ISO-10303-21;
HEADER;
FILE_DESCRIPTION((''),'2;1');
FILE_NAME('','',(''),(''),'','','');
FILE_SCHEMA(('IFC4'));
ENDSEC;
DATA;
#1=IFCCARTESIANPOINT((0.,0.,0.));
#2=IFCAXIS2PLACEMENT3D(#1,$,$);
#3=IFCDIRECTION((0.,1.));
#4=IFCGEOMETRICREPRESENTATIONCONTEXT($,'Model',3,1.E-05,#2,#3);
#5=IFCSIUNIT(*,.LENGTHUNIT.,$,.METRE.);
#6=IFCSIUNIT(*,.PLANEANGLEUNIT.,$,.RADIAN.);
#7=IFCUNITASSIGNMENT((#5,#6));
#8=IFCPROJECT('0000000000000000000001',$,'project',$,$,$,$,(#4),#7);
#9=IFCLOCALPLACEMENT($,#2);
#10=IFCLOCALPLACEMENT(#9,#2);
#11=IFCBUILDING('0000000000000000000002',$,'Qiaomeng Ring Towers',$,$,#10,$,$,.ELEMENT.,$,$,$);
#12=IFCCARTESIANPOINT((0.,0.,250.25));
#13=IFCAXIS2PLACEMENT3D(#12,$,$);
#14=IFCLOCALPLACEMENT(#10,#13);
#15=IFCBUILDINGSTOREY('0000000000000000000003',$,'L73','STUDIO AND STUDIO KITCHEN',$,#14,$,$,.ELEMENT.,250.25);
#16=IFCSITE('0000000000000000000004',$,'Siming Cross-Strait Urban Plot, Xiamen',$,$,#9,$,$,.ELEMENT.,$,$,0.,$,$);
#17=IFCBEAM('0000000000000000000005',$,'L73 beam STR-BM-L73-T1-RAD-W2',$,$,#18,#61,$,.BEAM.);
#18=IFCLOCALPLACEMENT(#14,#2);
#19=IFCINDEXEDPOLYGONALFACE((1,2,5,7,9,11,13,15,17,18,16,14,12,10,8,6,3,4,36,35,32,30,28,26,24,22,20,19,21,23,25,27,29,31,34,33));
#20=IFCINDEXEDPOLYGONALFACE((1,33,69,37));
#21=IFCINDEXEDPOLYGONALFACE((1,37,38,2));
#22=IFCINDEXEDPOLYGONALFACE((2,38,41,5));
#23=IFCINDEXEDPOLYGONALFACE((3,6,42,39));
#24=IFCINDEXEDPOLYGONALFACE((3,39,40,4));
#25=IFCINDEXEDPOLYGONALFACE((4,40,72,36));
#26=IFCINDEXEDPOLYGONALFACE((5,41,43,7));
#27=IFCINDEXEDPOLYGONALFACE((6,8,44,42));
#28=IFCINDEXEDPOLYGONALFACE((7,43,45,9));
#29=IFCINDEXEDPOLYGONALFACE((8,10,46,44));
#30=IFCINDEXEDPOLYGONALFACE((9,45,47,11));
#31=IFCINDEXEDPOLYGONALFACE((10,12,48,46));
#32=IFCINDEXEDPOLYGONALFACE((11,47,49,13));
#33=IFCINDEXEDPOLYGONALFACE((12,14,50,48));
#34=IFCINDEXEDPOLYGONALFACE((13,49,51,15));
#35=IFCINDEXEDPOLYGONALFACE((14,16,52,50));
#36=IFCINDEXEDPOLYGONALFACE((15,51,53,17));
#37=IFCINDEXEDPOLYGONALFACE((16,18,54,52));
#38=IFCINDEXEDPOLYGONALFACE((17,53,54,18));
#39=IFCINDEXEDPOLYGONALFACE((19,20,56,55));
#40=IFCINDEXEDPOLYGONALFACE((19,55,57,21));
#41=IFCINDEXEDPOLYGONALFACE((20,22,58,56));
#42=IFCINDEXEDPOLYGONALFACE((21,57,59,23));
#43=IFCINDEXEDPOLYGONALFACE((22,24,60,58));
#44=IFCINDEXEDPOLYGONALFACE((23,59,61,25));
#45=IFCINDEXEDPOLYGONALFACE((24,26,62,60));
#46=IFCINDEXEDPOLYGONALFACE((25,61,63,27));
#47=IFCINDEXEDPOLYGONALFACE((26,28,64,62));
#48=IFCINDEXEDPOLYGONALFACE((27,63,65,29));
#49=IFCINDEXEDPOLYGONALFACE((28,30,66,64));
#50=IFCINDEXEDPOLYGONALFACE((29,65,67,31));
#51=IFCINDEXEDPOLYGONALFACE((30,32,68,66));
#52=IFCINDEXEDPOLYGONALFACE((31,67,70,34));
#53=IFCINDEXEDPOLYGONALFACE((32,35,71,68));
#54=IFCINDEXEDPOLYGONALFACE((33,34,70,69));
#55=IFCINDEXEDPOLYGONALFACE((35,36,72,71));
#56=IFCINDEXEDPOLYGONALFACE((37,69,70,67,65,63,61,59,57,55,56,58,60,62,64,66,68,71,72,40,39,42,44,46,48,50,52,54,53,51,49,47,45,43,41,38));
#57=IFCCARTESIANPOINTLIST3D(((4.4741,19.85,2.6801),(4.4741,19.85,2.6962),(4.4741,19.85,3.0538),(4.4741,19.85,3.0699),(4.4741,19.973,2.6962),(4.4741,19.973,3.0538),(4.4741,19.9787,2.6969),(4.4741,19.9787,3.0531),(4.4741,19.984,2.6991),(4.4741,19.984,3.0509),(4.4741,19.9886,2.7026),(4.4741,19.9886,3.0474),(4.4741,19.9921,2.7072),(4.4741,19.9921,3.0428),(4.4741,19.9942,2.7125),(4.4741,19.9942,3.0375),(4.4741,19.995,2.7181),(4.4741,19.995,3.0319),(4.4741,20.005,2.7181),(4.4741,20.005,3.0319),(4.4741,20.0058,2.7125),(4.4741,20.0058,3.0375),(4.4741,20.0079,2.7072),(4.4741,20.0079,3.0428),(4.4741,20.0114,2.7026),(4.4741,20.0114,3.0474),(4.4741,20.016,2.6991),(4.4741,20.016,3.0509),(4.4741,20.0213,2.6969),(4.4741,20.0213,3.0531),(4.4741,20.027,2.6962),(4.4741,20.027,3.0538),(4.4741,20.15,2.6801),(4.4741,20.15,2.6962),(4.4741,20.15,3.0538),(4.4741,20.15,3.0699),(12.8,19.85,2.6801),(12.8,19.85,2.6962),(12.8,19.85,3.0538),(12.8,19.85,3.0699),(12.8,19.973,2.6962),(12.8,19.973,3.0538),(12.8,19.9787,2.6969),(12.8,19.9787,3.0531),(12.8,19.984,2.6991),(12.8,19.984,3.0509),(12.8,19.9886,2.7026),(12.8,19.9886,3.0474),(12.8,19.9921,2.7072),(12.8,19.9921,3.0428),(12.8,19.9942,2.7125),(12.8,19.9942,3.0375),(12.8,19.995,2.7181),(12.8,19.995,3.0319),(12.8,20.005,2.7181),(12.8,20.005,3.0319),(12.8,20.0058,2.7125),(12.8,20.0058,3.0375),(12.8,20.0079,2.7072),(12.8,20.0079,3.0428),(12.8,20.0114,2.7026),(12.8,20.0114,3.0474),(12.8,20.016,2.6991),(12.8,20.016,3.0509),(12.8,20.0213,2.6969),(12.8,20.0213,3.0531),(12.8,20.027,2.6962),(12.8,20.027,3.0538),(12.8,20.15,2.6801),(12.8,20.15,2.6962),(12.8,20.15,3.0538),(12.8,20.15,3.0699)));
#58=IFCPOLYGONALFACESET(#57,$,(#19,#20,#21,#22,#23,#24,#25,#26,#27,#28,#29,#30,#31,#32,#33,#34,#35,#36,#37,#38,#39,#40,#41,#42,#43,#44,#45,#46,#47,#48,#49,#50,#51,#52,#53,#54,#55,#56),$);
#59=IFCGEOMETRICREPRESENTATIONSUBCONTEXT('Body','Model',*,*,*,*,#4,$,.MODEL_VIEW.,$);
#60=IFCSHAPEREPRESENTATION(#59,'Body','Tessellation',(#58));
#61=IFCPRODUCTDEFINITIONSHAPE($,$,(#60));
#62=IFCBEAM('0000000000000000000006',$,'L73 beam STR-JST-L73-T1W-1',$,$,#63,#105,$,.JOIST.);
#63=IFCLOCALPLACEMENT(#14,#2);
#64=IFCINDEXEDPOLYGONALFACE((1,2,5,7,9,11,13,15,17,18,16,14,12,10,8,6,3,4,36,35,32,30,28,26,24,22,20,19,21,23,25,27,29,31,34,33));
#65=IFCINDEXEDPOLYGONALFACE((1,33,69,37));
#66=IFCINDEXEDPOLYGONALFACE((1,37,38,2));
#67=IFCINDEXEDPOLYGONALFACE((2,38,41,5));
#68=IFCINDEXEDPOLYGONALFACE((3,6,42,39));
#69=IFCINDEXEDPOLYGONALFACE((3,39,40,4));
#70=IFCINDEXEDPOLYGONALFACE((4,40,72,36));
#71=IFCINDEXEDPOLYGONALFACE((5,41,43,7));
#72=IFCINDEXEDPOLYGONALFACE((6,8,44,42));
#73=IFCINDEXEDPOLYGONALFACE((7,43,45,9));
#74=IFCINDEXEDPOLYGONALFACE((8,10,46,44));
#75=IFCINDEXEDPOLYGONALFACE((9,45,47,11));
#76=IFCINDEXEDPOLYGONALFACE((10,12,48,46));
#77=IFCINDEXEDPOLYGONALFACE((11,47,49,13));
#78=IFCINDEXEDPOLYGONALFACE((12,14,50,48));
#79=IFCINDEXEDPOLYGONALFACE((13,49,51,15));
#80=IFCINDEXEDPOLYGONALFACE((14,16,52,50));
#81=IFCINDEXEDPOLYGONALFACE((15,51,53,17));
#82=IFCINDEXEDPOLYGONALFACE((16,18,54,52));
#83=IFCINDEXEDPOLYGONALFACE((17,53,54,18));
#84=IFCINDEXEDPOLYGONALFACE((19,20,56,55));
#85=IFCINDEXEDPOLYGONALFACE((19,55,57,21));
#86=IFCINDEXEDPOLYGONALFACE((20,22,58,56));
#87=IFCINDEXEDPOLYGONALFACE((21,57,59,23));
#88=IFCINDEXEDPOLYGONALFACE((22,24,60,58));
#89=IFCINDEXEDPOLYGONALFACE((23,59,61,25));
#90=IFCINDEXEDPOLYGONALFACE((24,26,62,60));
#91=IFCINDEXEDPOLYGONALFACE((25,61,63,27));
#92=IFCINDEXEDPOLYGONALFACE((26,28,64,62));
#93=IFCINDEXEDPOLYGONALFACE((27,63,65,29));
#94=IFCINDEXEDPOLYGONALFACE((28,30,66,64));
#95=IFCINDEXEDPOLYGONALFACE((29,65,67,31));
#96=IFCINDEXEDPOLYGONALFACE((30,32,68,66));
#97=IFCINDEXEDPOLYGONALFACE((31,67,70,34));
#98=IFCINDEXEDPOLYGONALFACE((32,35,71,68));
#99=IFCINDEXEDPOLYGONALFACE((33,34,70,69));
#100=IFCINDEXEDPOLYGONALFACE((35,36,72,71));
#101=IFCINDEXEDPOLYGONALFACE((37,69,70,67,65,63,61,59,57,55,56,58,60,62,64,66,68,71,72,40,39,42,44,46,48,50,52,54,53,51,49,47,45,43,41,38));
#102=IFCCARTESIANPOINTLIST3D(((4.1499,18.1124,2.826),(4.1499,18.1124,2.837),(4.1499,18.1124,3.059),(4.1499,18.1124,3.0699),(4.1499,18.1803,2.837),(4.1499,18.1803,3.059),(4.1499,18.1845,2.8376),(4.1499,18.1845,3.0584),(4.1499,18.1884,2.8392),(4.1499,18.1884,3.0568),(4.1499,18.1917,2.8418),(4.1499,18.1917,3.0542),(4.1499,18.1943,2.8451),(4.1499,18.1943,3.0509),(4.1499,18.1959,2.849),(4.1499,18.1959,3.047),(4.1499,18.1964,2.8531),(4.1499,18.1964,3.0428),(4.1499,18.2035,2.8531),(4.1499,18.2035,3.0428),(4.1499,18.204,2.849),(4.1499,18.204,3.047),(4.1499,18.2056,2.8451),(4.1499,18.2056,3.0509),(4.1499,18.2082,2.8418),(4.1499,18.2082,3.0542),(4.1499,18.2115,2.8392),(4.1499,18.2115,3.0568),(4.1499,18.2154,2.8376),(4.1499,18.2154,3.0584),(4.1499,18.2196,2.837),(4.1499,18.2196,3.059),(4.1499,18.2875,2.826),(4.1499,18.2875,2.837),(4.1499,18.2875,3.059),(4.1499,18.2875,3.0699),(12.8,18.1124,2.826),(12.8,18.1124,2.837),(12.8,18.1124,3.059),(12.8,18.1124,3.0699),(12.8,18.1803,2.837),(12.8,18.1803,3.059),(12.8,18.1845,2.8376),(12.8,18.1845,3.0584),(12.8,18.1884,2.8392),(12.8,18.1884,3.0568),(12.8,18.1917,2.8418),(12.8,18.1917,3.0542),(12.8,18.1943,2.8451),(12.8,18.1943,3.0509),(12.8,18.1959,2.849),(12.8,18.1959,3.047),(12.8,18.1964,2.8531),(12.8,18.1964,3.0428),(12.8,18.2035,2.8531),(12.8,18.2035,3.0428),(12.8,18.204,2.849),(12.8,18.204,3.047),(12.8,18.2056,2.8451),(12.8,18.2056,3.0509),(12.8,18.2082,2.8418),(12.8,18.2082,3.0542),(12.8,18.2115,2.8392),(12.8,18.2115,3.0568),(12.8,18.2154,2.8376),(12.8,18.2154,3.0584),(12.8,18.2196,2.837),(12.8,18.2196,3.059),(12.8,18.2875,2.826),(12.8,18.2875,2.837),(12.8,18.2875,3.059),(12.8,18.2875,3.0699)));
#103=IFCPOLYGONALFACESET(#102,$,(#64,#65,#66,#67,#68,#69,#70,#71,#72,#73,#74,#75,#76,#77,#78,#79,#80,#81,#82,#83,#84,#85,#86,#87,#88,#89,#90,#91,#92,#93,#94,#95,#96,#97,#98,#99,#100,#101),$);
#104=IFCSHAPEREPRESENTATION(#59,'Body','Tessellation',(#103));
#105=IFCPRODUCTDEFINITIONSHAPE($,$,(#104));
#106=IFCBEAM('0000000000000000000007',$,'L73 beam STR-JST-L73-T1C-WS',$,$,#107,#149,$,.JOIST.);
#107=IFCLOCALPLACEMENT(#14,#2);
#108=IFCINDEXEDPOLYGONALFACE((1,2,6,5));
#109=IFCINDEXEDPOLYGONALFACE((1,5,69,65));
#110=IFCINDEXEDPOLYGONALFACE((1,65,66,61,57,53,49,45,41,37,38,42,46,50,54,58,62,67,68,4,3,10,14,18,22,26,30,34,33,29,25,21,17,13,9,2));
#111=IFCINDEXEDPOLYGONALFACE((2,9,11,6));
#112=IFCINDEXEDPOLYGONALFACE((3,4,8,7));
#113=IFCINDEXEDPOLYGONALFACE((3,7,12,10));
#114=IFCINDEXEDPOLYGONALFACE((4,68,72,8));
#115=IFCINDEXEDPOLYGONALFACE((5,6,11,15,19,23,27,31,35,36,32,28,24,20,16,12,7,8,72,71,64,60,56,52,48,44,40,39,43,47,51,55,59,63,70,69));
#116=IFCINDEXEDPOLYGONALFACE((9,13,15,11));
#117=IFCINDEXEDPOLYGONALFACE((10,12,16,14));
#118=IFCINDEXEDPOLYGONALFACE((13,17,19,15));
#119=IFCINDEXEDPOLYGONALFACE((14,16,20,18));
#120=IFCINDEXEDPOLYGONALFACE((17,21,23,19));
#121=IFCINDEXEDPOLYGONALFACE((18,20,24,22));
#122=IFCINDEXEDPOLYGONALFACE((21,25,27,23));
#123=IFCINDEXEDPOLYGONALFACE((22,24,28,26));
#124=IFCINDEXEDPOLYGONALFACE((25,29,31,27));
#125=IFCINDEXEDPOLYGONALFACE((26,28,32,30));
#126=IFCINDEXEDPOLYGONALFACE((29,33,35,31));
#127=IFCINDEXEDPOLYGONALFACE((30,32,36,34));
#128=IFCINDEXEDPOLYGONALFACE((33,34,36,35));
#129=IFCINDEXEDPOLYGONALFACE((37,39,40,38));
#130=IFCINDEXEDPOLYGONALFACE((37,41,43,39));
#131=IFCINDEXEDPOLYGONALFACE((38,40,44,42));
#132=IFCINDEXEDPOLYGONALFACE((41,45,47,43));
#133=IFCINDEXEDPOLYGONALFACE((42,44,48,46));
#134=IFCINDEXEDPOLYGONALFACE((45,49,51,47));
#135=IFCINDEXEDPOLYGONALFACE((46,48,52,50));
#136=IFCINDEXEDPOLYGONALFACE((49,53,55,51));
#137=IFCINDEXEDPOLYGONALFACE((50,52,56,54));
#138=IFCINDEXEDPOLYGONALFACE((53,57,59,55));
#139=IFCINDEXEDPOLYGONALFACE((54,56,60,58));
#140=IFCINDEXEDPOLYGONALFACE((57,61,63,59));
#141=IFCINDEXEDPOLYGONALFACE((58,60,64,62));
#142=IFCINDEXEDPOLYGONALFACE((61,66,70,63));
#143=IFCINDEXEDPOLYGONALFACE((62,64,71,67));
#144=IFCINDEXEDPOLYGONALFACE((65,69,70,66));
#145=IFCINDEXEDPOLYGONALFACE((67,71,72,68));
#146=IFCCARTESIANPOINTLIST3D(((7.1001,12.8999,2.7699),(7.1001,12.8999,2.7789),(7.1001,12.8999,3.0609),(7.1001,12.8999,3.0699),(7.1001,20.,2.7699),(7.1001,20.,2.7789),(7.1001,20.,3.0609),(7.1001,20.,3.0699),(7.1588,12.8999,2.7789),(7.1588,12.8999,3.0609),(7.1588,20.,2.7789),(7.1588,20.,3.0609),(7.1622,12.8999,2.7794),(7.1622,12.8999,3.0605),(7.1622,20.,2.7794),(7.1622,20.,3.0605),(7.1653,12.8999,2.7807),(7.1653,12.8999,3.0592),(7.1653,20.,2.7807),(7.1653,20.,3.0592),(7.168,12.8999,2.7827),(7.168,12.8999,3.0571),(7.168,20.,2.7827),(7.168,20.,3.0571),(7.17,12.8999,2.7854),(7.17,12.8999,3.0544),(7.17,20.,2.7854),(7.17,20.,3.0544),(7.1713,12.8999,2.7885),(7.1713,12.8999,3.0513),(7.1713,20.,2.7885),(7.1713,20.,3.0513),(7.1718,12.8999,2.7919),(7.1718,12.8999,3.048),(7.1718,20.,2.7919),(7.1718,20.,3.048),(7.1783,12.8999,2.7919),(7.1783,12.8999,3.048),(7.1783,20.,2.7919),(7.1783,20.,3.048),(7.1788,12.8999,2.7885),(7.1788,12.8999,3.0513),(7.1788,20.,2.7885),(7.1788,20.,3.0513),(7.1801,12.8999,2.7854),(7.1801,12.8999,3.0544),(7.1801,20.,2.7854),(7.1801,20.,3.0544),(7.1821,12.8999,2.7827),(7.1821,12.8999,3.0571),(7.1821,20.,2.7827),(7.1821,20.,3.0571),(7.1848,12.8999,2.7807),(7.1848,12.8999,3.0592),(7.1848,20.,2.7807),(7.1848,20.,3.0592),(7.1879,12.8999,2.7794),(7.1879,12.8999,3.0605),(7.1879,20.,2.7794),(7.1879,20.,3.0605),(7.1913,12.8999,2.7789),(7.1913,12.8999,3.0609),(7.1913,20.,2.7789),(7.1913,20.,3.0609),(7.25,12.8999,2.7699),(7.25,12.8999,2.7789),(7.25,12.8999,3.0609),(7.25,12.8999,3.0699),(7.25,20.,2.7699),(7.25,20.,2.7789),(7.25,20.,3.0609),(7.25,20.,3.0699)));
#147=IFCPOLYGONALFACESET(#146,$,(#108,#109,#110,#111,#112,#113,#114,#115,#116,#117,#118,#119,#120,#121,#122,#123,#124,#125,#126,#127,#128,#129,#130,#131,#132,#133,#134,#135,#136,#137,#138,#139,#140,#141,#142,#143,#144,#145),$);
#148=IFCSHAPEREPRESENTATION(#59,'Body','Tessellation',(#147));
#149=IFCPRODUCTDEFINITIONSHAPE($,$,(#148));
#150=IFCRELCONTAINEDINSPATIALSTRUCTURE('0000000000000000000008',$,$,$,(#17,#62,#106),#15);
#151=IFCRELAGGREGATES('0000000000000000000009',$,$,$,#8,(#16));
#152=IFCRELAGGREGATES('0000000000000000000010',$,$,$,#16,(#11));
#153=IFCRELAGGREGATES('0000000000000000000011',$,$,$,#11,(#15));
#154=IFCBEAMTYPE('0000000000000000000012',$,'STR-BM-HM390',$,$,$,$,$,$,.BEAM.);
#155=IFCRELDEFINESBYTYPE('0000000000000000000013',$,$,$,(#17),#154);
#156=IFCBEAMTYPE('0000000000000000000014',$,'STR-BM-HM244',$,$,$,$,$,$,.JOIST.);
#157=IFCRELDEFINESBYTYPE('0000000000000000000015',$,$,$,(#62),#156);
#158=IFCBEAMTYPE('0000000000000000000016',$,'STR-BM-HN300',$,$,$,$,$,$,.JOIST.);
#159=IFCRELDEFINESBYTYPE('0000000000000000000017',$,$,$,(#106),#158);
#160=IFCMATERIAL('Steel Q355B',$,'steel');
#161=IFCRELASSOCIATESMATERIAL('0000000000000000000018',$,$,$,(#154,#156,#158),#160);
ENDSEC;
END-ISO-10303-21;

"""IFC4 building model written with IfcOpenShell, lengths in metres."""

from ifc_helpers import new_model, si_unit, direction, frame, origin, origin_2d, place, context, subcontext, project, spatial, i_section, extrude, source, transform, mapped, material, material_profile, profile_set, type_object, element, save


model = new_model("IFC4")

# Units and contexts
model_context = context("Model", 3, precision=1e-05, world=origin(), true_north=direction((0.0, 1.0)))
body_context = subcontext(model_context, "Body", "Model", "MODEL_VIEW")
ifc_project = project(units=[si_unit("LENGTHUNIT", "METRE"), si_unit("PLANEANGLEUNIT", "RADIAN")], contexts=[model_context])

# Site, building, storey
site_placement = place(None, origin())
site = spatial("IfcSite", under=ifc_project, at=site_placement, Name="Siming Cross-Strait Urban Plot, Xiamen", CompositionType="ELEMENT", RefElevation=0.0)
building_placement = place(site_placement, origin())
building = spatial("IfcBuilding", under=site, at=building_placement, Name="Qiaomeng Ring Towers", CompositionType="ELEMENT")
storey_placement = place(building_placement, frame((0.0, 0.0, 250.25)))
storey = spatial("IfcBuildingStorey", under=building, at=storey_placement, Name="L73", Description="STUDIO AND STUDIO KITCHEN", CompositionType="ELEMENT", Elevation=250.25)

# Beams
ifc_material_1 = material(Name="Steel Q355B", Category="steel")
ifc_material_profile_1 = material_profile(ifc_material_1, i_section(OverallWidth=0.3, OverallDepth=0.3899, WebThickness=0.01, FlangeThickness=0.0161, FilletRadius=0.022, at=origin_2d()), Name="HM 390x300x10x16")
ifc_profile_set_1 = profile_set([ifc_material_profile_1], Name="Steel Q355B")
beam_type_1 = type_object("IfcBeamType", Name="STR-BM-HM390", PredefinedType="BEAM", material=ifc_profile_set_1)
shared_shape_1 = source(origin(), body_context, "Body", "SweptSolid", [
    extrude(i_section(OverallWidth=0.3, OverallDepth=0.3899, WebThickness=0.01, FlangeThickness=0.0161, FilletRadius=0.022, at=origin_2d()), origin(), (0.0, 0.0, 1.0), 8.3259),
])
beam_1_placement = place(storey_placement, frame((4.4741, 20.0, 2.875), z_axis=(1.0, 0.0, 0.0), x_axis=(0.0, 1.0, 0.0)))
element("IfcBeam", 1, at=beam_1_placement, inside=storey, type_object=beam_type_1, Name="L73 beam STR-BM-L73-T1-RAD-W2", PredefinedType="BEAM", context=body_context, shape_type="MappedRepresentation", body=[
    mapped(shared_shape_1, transform((0.0, 0.0, 0.0), x_axis=(1.0, 0.0, 0.0), y_axis=(0.0, 1.0, 0.0), z_axis=(0.0, 0.0, 1.0), scale=1.0)),
])
ifc_material_profile_2 = material_profile(ifc_material_1, i_section(OverallWidth=0.175, OverallDepth=0.2439, WebThickness=0.0071, FlangeThickness=0.011, FilletRadius=0.0161, at=origin_2d()), Name="HM 244x175x7x11")
ifc_profile_set_2 = profile_set([ifc_material_profile_2], Name="Steel Q355B")
beam_type_2 = type_object("IfcBeamType", Name="STR-BM-HM244", PredefinedType="JOIST", material=ifc_profile_set_2)
shared_shape_2 = source(origin(), body_context, "Body", "SweptSolid", [
    extrude(i_section(OverallWidth=0.175, OverallDepth=0.2439, WebThickness=0.0071, FlangeThickness=0.011, FilletRadius=0.0161, at=origin_2d()), origin(), (0.0, 0.0, 1.0), 8.6501),
])
beam_2_placement = place(storey_placement, frame((4.1499, 18.2, 2.948), z_axis=(1.0, 0.0, 0.0), x_axis=(0.0, 1.0, 0.0)))
element("IfcBeam", 2, at=beam_2_placement, inside=storey, type_object=beam_type_2, Name="L73 beam STR-JST-L73-T1W-1", PredefinedType="JOIST", context=body_context, shape_type="MappedRepresentation", body=[
    mapped(shared_shape_2, transform((0.0, 0.0, 0.0), x_axis=(1.0, 0.0, 0.0), y_axis=(0.0, 1.0, 0.0), z_axis=(0.0, 0.0, 1.0), scale=1.0)),
])
ifc_material_profile_3 = material_profile(ifc_material_1, i_section(OverallWidth=0.1499, OverallDepth=0.3, WebThickness=0.0066, FlangeThickness=0.009, FilletRadius=0.0129, at=origin_2d()), Name="HN 300x150x6.5x9")
ifc_profile_set_3 = profile_set([ifc_material_profile_3], Name="Steel Q355B")
beam_type_3 = type_object("IfcBeamType", Name="STR-BM-HN300", PredefinedType="JOIST", material=ifc_profile_set_3)
shared_shape_3 = source(origin(), body_context, "Body", "SweptSolid", [
    extrude(i_section(OverallWidth=0.1499, OverallDepth=0.3, WebThickness=0.0066, FlangeThickness=0.009, FilletRadius=0.0129, at=origin_2d()), origin(), (0.0, 0.0, 1.0), 7.1001),
])
beam_3_placement = place(storey_placement, frame((7.175, 12.8999, 2.9199), z_axis=(0.0, 1.0, 0.0), x_axis=(-1.0, 0.0, 0.0)))
element("IfcBeam", 3, at=beam_3_placement, inside=storey, type_object=beam_type_3, Name="L73 beam STR-JST-L73-T1C-WS", PredefinedType="JOIST", context=body_context, shape_type="MappedRepresentation", body=[
    mapped(shared_shape_3, transform((0.0, 0.0, 0.0), x_axis=(1.0, 0.0, 0.0), y_axis=(0.0, 1.0, 0.0), z_axis=(0.0, 0.0, 1.0), scale=1.0)),
])

save(model, "model.ifc")
